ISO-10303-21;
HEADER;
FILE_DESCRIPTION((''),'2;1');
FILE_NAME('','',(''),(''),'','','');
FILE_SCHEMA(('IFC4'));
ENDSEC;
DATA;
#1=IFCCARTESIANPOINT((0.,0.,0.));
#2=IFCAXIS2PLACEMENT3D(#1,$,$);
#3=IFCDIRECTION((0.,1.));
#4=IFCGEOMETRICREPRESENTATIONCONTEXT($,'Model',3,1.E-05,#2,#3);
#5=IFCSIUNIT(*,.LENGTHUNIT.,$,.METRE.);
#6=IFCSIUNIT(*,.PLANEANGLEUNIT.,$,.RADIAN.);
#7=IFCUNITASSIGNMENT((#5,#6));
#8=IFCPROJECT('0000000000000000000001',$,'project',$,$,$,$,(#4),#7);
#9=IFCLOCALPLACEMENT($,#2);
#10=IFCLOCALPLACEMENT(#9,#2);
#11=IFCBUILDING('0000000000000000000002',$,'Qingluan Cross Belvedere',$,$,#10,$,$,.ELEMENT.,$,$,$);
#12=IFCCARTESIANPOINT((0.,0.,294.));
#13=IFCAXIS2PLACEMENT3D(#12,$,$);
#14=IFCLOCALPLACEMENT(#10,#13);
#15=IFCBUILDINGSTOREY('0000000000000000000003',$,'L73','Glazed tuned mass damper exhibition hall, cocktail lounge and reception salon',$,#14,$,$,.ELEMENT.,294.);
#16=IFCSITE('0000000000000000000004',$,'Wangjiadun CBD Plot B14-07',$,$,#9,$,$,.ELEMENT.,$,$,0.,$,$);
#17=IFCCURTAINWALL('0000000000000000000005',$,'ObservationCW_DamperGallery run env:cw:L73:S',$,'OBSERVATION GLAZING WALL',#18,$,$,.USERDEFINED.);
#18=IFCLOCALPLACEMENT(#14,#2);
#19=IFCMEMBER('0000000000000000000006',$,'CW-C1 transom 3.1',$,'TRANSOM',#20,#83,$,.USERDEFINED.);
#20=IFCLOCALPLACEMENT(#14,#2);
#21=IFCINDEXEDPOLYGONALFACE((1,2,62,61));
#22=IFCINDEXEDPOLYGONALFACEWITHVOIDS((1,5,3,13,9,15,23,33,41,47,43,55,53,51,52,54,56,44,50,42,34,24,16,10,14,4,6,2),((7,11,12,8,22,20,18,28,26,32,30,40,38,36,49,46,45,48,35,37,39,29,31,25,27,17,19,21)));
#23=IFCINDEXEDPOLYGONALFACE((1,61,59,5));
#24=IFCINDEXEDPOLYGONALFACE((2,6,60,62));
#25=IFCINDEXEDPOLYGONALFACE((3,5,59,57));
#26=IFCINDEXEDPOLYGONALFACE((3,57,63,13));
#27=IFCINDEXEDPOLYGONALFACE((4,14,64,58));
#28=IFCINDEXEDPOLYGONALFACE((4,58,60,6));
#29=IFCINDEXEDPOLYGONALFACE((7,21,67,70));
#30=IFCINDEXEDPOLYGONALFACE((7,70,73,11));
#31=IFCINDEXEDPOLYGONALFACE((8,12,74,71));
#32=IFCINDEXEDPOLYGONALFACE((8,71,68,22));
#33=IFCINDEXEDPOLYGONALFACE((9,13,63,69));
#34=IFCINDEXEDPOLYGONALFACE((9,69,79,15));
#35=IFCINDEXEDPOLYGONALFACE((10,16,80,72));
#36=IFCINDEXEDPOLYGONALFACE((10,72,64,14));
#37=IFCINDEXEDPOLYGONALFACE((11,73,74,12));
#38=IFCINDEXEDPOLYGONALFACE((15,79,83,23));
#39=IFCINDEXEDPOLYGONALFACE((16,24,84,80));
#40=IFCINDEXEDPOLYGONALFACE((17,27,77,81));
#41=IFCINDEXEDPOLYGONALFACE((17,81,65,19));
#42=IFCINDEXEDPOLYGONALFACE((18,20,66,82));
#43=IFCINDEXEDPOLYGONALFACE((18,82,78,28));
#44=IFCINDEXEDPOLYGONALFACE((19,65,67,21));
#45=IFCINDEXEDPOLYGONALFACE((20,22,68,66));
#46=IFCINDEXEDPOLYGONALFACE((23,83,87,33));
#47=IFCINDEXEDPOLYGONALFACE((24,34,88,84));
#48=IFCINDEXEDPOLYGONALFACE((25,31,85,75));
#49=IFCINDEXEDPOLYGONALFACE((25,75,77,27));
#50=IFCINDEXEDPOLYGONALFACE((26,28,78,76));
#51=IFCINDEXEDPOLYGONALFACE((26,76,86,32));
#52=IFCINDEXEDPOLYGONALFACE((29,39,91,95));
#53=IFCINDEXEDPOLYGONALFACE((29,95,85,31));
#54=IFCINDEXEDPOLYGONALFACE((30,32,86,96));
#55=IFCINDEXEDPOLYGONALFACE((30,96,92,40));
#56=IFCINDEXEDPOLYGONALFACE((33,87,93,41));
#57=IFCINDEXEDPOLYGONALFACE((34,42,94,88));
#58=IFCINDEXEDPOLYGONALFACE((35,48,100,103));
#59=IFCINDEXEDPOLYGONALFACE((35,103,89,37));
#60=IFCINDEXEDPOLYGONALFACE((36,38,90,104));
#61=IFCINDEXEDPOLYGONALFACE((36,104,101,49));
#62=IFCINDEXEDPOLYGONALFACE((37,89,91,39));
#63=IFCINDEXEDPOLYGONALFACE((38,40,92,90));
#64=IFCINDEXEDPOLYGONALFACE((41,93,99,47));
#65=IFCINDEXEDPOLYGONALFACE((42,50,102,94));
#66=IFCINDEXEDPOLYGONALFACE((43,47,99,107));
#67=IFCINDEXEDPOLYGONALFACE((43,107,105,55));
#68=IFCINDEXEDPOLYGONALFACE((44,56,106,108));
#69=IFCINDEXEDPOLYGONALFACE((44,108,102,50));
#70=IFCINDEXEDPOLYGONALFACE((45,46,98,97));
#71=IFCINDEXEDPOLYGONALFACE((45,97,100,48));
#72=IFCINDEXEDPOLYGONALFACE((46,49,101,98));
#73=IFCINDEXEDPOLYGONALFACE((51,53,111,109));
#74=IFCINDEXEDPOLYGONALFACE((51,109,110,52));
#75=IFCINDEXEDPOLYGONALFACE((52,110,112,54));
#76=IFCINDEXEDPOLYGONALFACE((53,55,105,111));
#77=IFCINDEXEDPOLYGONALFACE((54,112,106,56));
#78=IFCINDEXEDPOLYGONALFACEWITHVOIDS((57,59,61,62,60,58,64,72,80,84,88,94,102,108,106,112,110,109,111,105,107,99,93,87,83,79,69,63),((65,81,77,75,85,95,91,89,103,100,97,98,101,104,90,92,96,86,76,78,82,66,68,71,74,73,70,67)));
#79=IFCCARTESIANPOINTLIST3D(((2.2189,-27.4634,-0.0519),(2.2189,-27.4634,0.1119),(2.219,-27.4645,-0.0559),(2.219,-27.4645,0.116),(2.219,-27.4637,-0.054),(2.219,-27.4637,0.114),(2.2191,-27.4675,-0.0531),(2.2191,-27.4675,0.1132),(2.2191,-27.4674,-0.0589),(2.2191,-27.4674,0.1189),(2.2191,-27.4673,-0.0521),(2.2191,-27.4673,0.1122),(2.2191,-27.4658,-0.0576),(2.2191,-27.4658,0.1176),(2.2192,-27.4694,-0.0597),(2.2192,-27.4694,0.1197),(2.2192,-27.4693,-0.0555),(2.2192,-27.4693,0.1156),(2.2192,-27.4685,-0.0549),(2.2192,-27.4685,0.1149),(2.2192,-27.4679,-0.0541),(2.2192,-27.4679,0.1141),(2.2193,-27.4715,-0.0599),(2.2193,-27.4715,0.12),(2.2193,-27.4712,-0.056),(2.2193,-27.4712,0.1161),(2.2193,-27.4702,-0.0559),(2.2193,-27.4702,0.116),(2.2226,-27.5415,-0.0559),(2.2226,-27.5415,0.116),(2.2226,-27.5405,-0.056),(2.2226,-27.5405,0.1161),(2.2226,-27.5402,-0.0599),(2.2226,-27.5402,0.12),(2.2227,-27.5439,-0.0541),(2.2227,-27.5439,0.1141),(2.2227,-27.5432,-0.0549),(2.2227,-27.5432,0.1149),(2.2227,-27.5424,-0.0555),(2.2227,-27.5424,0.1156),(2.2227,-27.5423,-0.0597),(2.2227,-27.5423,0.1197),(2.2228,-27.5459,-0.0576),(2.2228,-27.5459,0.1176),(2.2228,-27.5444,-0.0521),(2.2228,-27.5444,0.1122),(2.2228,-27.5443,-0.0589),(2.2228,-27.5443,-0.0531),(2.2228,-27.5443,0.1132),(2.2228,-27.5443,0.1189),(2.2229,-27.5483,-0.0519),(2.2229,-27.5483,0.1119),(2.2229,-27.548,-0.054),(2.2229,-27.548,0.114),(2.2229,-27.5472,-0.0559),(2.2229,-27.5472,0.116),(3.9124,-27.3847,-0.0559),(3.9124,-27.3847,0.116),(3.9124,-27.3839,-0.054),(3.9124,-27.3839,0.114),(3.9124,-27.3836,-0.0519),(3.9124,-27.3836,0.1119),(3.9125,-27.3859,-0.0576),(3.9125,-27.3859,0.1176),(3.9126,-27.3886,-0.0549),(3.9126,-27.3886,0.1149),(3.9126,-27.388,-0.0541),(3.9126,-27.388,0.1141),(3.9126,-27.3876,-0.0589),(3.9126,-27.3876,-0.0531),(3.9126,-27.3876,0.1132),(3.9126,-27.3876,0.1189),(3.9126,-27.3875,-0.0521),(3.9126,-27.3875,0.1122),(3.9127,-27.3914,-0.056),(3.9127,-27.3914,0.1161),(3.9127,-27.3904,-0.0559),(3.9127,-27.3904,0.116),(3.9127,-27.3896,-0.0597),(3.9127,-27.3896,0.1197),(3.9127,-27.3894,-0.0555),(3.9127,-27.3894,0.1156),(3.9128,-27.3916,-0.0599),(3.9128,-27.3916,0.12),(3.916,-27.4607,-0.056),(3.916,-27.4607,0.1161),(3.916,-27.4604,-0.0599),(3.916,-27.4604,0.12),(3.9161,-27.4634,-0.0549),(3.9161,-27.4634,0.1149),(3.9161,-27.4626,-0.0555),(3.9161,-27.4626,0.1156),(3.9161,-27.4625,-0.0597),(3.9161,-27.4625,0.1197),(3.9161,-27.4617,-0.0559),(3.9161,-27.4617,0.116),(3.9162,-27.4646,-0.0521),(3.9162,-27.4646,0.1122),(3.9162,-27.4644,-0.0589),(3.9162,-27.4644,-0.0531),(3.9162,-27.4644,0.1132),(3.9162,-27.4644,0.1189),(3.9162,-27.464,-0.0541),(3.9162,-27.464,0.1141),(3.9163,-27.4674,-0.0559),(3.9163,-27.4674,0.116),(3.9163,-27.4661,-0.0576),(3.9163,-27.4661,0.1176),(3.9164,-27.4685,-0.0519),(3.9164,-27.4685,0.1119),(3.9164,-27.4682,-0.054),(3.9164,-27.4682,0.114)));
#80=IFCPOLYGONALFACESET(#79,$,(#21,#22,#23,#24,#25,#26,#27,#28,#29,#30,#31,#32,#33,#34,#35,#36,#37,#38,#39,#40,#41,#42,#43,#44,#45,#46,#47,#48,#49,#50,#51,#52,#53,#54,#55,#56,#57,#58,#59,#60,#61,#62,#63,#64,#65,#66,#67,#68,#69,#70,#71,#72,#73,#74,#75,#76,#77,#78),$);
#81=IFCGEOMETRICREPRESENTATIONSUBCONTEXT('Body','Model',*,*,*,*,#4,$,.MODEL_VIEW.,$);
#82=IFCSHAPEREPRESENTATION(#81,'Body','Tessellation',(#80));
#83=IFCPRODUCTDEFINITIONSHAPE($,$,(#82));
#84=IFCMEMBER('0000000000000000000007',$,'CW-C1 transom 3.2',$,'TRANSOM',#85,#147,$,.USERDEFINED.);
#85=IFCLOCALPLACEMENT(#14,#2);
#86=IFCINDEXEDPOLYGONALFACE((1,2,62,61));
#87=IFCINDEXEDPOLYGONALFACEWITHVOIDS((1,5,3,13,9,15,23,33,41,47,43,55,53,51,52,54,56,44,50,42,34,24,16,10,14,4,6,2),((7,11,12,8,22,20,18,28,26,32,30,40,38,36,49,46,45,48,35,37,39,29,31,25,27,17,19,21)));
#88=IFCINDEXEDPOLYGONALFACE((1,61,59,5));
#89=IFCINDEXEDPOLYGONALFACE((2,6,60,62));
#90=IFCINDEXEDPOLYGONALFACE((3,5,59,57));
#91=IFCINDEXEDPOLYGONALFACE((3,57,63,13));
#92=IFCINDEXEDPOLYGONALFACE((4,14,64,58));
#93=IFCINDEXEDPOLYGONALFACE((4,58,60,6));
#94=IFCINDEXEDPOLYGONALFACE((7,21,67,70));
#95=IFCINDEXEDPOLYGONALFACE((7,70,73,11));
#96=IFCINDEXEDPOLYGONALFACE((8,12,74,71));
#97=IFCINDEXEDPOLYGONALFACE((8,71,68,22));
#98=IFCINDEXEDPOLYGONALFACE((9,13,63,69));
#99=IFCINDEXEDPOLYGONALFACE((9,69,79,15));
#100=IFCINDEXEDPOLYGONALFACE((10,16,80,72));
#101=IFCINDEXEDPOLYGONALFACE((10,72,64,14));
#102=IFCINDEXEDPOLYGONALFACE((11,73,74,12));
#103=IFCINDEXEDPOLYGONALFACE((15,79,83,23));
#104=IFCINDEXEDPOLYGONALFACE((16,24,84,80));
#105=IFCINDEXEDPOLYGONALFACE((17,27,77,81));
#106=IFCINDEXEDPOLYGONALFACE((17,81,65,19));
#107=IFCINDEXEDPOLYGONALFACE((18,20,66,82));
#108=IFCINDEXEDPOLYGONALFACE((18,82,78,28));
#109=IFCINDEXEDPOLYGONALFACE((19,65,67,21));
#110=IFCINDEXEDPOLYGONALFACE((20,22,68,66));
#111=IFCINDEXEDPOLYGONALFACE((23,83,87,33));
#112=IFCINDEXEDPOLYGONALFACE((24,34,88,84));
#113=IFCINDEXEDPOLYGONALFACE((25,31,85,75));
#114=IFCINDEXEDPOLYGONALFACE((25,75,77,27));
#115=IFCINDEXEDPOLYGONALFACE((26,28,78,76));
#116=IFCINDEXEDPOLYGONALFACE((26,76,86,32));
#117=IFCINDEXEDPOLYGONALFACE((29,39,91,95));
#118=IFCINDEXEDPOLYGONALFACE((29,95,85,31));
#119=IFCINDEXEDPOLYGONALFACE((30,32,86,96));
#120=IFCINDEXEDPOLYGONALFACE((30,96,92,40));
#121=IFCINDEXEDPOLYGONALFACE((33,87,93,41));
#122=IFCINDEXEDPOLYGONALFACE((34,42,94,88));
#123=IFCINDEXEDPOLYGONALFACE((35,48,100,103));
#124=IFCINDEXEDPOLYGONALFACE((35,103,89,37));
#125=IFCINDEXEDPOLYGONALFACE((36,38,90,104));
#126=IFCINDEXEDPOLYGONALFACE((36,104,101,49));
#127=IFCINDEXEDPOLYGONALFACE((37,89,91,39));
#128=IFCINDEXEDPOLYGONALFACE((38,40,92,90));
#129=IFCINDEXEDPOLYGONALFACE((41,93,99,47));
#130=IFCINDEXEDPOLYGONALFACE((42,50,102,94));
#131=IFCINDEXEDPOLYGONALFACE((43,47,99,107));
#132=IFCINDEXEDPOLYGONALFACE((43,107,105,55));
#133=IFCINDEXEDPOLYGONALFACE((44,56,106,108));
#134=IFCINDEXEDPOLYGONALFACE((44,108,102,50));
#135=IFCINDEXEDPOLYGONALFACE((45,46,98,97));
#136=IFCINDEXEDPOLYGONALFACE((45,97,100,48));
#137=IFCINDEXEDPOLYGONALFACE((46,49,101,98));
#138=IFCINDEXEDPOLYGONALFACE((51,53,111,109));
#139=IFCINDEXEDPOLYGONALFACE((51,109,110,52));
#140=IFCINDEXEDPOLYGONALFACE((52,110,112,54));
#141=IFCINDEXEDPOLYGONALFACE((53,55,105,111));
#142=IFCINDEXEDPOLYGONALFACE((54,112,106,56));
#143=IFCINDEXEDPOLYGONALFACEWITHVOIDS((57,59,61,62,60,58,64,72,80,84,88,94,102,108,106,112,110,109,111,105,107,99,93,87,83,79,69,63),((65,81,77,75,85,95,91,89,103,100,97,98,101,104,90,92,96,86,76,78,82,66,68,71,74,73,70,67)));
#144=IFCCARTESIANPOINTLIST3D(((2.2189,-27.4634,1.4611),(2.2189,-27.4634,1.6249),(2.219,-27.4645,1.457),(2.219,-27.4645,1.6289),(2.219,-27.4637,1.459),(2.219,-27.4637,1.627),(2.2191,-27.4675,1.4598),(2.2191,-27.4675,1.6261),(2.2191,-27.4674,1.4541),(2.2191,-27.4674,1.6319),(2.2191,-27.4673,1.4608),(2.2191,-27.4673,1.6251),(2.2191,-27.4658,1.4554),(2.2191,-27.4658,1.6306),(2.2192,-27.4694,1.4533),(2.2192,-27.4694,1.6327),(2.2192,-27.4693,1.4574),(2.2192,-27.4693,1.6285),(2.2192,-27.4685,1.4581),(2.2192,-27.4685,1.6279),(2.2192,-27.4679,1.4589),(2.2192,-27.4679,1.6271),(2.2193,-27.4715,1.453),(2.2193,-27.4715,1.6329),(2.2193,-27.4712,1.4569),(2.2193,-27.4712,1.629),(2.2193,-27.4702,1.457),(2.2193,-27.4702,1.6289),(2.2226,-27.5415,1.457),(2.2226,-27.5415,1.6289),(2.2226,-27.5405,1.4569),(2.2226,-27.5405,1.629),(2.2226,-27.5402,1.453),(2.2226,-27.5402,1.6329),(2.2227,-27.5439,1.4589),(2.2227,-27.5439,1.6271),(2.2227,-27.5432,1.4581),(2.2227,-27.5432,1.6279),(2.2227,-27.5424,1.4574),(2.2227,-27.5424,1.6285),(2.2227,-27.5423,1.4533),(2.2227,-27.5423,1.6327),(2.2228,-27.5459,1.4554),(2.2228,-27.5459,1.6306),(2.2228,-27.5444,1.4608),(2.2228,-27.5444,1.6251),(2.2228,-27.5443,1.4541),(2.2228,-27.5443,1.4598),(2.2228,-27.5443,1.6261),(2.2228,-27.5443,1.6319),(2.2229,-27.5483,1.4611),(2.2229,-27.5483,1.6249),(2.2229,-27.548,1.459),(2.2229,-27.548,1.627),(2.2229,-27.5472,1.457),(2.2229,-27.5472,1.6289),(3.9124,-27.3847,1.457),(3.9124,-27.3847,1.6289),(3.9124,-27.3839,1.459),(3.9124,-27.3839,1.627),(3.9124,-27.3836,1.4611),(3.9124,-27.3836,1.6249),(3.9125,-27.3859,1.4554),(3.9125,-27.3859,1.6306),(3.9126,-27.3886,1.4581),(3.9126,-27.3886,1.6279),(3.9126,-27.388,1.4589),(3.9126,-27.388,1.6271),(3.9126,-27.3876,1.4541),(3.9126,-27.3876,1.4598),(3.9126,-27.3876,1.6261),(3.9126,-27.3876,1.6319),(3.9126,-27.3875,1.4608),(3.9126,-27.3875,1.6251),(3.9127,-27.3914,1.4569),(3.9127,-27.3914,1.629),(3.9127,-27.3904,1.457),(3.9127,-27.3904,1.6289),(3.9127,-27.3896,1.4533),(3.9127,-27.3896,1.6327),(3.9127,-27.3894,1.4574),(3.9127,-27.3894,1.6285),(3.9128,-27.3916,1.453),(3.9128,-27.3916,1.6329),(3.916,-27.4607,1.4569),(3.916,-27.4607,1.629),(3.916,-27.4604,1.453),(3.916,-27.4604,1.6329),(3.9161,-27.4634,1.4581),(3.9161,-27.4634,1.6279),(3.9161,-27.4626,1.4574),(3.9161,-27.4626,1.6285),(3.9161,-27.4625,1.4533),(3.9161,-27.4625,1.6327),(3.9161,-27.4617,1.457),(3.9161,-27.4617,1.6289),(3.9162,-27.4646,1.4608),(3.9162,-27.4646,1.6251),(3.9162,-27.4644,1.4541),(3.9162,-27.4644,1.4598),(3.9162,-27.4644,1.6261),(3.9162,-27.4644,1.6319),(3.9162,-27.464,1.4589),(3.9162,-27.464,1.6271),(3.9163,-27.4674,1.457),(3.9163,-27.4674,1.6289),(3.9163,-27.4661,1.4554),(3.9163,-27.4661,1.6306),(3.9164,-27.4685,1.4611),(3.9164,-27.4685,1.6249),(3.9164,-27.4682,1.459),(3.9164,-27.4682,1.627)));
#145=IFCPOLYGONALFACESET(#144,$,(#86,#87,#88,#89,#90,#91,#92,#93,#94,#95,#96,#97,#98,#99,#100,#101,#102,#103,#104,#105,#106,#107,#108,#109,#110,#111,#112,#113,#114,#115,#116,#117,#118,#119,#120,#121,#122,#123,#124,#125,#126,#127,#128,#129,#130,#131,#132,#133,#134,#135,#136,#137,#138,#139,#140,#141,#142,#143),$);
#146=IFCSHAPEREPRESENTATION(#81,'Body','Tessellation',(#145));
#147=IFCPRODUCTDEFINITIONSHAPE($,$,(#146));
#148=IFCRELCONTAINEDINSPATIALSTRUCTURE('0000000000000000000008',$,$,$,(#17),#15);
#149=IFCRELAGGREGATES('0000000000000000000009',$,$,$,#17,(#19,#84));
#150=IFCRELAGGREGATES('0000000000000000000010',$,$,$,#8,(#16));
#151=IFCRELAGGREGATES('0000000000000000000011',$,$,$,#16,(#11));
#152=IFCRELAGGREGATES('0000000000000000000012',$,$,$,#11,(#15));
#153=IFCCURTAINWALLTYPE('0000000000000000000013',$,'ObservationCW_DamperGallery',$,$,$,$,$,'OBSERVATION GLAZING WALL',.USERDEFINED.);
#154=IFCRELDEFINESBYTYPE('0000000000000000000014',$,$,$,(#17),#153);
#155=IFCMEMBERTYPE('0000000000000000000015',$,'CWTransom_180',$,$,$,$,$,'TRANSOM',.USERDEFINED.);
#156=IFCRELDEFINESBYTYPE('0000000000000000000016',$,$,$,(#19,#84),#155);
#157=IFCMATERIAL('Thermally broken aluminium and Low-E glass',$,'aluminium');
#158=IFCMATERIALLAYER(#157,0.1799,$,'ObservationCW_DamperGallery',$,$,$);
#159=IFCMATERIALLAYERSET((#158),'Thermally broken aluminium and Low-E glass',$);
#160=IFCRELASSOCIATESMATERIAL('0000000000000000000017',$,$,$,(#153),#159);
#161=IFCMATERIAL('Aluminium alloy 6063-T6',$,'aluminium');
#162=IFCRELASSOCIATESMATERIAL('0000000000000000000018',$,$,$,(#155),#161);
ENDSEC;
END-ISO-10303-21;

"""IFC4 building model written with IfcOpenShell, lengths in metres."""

from ifc_helpers import new_model, si_unit, direction, frame, origin, origin_2d, place, context, subcontext, project, spatial, hollow_rectangle, extrude, material, layer, layer_set, material_profile, profile_set, type_object, element, aggregate, save


model = new_model("IFC4")

# Units and contexts
model_context = context("Model", 3, precision=1e-05, world=origin(), true_north=direction((0.0, 1.0)))
body_context = subcontext(model_context, "Body", "Model", "MODEL_VIEW")
ifc_project = project(units=[si_unit("LENGTHUNIT", "METRE"), si_unit("PLANEANGLEUNIT", "RADIAN")], contexts=[model_context])

# Site, building, storey
site_placement = place(None, origin())
site = spatial("IfcSite", under=ifc_project, at=site_placement, Name="Wangjiadun CBD Plot B14-07", CompositionType="ELEMENT", RefElevation=0.0)
building_placement = place(site_placement, origin())
building = spatial("IfcBuilding", under=site, at=building_placement, Name="Qingluan Cross Belvedere", CompositionType="ELEMENT")
storey_placement = place(building_placement, frame((0.0, 0.0, 294.0)))
storey = spatial("IfcBuildingStorey", under=building, at=storey_placement, Name="L73", Description="Glazed tuned mass damper exhibition hall, cocktail lounge and reception salon", CompositionType="ELEMENT", Elevation=294.0)

# Curtain wall, members
ifc_material_1 = material(Name="Thermally broken aluminium and Low-E glass", Category="aluminium")
ifc_layer_1 = layer(ifc_material_1, 0.1799, Name="ObservationCW_DamperGallery")
ifc_layer_set_1 = layer_set([ifc_layer_1], Name="Thermally broken aluminium and Low-E glass")
curtain_wall_type = type_object("IfcCurtainWallType", Name="ObservationCW_DamperGallery", ElementType="OBSERVATION GLAZING WALL", PredefinedType="USERDEFINED", material=ifc_layer_set_1)
curtain_wall_placement = place(storey_placement, origin())
curtain_wall = element("IfcCurtainWall", 1, at=curtain_wall_placement, inside=storey, type_object=curtain_wall_type, Name="ObservationCW_DamperGallery run env:cw:L73:S", ObjectType="OBSERVATION GLAZING WALL", PredefinedType="USERDEFINED")
ifc_material_2 = material(Name="Aluminium alloy 6063-T6", Category="aluminium")
ifc_material_profile_1 = material_profile(ifc_material_2, hollow_rectangle(XDim=0.085, YDim=0.1799, WallThickness=0.0039, InnerFilletRadius=0.0039, OuterFilletRadius=0.0081, at=origin_2d()), Name="CWT180x85x4")
ifc_profile_set_1 = profile_set([ifc_material_profile_1], Name="Aluminium alloy 6063-T6")
member_type_1 = type_object("IfcMemberType", Name="CWTransom_180", ElementType="TRANSOM", PredefinedType="USERDEFINED", material=ifc_profile_set_1)
member_1_placement = place(storey_placement, frame((2.2209, -27.5059, 0.03), z_axis=(0.998891, 0.047093, 0.0), x_axis=(-0.047093, 0.998891, 0.0)))
member_1 = element("IfcMember", 2, at=member_1_placement, type_object=member_type_1, Name="CW-C1 transom 3.1", ObjectType="TRANSOM", PredefinedType="USERDEFINED", context=body_context, shape_type="SweptSolid", body=[
    extrude(hollow_rectangle(XDim=0.085, YDim=0.1799, WallThickness=0.0039, InnerFilletRadius=0.0039, OuterFilletRadius=0.0081, at=origin_2d()), origin(), (0.0, 0.0, 1.0), 1.6953),
])
member_2_placement = place(storey_placement, frame((2.2209, -27.5059, 1.543), z_axis=(0.998891, 0.047093, 0.0), x_axis=(-0.047093, 0.998891, 0.0)))
member_2 = element("IfcMember", 3, at=member_2_placement, type_object=member_type_1, Name="CW-C1 transom 3.2", ObjectType="TRANSOM", PredefinedType="USERDEFINED", context=body_context, shape_type="SweptSolid", body=[
    extrude(hollow_rectangle(XDim=0.085, YDim=0.1799, WallThickness=0.0039, InnerFilletRadius=0.0039, OuterFilletRadius=0.0081, at=origin_2d()), origin(), (0.0, 0.0, 1.0), 1.6953),
])
aggregate(curtain_wall, [member_1, member_2])

save(model, "model.ifc")
